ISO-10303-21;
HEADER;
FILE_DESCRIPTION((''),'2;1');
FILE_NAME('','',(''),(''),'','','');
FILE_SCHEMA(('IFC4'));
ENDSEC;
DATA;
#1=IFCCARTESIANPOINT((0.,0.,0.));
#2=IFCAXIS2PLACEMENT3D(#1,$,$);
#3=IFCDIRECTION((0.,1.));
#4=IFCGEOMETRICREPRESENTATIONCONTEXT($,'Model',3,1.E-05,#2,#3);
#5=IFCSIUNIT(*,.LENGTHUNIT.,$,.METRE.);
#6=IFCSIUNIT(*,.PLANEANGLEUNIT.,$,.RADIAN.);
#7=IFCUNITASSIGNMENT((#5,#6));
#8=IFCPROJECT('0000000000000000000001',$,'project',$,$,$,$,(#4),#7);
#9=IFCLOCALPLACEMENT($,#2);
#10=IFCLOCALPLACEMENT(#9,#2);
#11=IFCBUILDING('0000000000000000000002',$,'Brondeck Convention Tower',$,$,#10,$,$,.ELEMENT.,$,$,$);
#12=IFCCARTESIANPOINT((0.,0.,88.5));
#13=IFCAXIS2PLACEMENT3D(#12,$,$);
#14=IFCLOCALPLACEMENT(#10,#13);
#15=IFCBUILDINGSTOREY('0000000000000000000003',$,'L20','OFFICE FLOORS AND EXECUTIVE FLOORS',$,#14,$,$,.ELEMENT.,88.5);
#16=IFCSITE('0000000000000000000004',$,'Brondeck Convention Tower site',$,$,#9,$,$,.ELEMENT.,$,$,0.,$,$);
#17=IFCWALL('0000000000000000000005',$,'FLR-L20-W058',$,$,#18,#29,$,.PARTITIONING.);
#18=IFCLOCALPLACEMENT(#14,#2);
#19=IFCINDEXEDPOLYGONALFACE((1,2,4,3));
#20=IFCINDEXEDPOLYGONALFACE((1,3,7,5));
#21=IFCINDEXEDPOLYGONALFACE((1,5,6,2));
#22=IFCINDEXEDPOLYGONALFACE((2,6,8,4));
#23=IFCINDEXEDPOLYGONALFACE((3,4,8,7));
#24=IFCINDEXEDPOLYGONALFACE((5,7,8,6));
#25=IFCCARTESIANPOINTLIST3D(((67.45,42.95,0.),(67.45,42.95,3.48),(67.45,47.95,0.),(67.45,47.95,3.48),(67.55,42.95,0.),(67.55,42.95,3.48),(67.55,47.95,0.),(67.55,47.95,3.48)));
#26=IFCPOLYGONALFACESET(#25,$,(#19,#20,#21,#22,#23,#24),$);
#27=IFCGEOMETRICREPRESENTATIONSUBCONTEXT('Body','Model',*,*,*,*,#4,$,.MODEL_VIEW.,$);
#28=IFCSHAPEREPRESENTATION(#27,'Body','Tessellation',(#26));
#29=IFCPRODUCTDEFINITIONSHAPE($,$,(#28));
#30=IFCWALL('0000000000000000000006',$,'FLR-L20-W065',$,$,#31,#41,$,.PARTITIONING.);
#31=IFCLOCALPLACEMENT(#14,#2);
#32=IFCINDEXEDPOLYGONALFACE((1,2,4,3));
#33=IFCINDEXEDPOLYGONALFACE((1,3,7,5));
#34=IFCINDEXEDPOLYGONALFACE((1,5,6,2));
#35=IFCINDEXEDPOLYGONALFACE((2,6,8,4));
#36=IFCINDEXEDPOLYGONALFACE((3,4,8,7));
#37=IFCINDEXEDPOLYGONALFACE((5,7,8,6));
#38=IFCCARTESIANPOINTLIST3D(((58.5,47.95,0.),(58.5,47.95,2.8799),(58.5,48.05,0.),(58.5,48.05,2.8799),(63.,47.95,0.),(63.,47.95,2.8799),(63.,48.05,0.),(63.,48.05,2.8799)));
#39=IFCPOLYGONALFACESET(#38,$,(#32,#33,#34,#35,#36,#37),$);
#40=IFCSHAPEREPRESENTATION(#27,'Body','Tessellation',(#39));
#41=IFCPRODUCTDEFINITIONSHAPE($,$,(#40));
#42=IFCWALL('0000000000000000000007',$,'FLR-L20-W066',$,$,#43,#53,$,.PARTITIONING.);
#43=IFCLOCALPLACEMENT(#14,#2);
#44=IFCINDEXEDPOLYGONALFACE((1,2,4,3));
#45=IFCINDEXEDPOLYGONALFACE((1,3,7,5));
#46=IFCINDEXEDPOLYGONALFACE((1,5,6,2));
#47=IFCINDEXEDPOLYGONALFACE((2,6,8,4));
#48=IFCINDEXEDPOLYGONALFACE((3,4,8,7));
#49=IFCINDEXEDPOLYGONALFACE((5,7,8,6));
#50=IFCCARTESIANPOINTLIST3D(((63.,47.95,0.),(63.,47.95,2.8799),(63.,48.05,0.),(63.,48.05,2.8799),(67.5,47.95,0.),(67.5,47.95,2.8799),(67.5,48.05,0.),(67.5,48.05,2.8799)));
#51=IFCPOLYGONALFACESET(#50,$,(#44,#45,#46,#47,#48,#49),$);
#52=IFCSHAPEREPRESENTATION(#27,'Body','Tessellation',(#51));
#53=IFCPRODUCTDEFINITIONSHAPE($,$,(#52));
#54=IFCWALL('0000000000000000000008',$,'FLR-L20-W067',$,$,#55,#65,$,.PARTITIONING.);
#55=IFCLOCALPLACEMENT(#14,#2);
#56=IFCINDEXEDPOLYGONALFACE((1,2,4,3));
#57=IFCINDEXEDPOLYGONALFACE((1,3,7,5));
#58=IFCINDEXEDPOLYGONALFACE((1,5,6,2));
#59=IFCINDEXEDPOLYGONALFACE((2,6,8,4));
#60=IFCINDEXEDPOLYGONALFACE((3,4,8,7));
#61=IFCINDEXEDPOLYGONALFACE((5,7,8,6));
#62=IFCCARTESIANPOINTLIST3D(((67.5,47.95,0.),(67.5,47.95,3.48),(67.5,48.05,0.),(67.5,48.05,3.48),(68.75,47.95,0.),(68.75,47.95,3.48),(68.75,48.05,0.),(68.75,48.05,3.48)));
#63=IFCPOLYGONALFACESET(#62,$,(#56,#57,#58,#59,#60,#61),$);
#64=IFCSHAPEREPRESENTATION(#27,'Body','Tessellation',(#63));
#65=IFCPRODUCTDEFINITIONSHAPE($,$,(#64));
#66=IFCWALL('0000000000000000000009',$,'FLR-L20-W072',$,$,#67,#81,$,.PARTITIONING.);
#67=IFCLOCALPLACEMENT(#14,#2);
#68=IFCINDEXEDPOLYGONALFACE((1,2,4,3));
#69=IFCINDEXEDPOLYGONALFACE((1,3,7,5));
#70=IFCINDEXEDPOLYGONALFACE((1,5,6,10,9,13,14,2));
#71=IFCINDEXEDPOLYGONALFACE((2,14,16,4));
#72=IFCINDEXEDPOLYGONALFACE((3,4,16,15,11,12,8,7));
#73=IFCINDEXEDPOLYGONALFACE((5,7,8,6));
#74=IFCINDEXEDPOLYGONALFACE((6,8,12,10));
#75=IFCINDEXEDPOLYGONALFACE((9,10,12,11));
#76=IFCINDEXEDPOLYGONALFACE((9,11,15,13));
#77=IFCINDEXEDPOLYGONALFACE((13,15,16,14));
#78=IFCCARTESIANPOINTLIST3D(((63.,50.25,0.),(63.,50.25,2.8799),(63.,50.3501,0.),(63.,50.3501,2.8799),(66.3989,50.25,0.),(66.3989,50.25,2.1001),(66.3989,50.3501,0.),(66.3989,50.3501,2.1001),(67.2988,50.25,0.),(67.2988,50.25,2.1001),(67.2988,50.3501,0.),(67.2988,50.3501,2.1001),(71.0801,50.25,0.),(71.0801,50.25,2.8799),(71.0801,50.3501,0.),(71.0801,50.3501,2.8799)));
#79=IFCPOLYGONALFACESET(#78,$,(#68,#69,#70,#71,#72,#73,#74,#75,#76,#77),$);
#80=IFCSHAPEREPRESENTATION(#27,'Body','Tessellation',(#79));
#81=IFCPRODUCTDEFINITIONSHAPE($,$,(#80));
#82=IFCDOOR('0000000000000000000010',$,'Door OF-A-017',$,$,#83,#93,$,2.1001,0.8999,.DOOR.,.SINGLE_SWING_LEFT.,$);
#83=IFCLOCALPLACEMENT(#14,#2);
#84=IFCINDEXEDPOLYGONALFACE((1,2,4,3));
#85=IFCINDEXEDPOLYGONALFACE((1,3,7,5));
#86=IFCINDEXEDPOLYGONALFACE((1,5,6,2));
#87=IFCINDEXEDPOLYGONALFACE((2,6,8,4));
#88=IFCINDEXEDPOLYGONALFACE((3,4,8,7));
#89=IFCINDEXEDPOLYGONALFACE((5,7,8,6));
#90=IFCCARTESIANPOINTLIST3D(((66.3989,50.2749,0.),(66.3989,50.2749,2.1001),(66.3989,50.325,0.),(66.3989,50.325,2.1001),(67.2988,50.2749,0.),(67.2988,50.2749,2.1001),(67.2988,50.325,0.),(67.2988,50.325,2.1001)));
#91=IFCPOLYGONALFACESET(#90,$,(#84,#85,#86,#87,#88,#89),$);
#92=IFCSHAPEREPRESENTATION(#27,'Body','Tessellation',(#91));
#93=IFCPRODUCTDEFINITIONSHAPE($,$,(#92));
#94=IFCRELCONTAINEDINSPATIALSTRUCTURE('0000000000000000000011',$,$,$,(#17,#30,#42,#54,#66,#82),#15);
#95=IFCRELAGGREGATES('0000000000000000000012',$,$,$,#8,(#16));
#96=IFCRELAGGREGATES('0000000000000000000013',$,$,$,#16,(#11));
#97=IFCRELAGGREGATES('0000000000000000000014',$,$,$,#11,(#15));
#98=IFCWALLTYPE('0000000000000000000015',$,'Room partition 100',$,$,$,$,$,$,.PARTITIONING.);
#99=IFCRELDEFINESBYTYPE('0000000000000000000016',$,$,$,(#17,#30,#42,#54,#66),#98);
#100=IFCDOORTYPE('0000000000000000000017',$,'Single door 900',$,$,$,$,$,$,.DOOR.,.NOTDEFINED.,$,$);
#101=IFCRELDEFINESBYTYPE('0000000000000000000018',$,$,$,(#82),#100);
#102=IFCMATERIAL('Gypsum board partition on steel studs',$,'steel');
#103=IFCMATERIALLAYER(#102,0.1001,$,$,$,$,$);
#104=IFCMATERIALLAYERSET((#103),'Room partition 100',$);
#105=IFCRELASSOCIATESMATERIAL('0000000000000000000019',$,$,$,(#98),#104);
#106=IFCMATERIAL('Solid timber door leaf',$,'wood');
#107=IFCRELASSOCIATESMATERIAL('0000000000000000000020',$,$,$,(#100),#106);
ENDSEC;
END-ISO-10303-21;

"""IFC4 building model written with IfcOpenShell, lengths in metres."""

from ifc_helpers import new_model, si_unit, direction, frame, frame_2d, origin, place, context, subcontext, project, spatial, rectangle, extrude, material, layer, layer_set, type_object, element, fill, save


model = new_model("IFC4")

# Units and contexts
model_context = context("Model", 3, precision=1e-05, world=origin(), true_north=direction((0.0, 1.0)))
body_context = subcontext(model_context, "Body", "Model", "MODEL_VIEW")
ifc_project = project(units=[si_unit("LENGTHUNIT", "METRE"), si_unit("PLANEANGLEUNIT", "RADIAN")], contexts=[model_context])

# Site, building, storey
site_placement = place(None, origin())
site = spatial("IfcSite", under=ifc_project, at=site_placement, Name="Brondeck Convention Tower site", CompositionType="ELEMENT", RefElevation=0.0)
building_placement = place(site_placement, origin())
building = spatial("IfcBuilding", under=site, at=building_placement, Name="Brondeck Convention Tower", CompositionType="ELEMENT")
storey_placement = place(building_placement, frame((0.0, 0.0, 88.5)))
storey = spatial("IfcBuildingStorey", under=building, at=storey_placement, Name="L20", Description="OFFICE FLOORS AND EXECUTIVE FLOORS", CompositionType="ELEMENT", Elevation=88.5)

# Walls
ifc_material_1 = material(Name="Gypsum board partition on steel studs", Category="steel")
ifc_layer = layer(ifc_material_1, 0.1001)
ifc_layer_set = layer_set([ifc_layer], Name="Room partition 100")
wall_type = type_object("IfcWallType", Name="Room partition 100", PredefinedType="PARTITIONING", material=ifc_layer_set)
wall_1_placement = place(storey_placement, frame((67.5, 47.95, 0.0), z_axis=(0.0, 0.0, 1.0), x_axis=(0.0, -1.0, 0.0)))
element("IfcWall", 1, at=wall_1_placement, inside=storey, type_object=wall_type, Name="FLR-L20-W058", PredefinedType="PARTITIONING", context=body_context, shape_type="SweptSolid", body=[
    extrude(rectangle(XDim=5.0, YDim=0.1001, at=frame_2d((2.5, 0.0))), origin(), (0.0, 0.0, 1.0), 3.48),
])
for number, where, z_axis, x_axis, name in (
    (2, (63.0, 48.0, 0.0), (0.0, 0.0, 1.0), (-1.0, 0.0, 0.0), "FLR-L20-W065"),
    (3, (67.5, 48.0, 0.0), (0.0, 0.0, 1.0), (-1.0, 0.0, 0.0), "FLR-L20-W066"),
):
    element("IfcWall", number, at=place(storey_placement, frame(where, z_axis=z_axis, x_axis=x_axis)), inside=storey, type_object=wall_type, Name=name, PredefinedType="PARTITIONING", context=body_context, shape_type="SweptSolid", body=[
        extrude(rectangle(XDim=4.5, YDim=0.1001, at=frame_2d((2.25, 0.0))), origin(), (0.0, 0.0, 1.0), 2.8799),
    ])
wall_2_placement = place(storey_placement, frame((68.75, 48.0, 0.0), z_axis=(0.0, 0.0, 1.0), x_axis=(-1.0, 0.0, 0.0)))
element("IfcWall", 4, at=wall_2_placement, inside=storey, type_object=wall_type, Name="FLR-L20-W067", PredefinedType="PARTITIONING", context=body_context, shape_type="SweptSolid", body=[
    extrude(rectangle(XDim=1.25, YDim=0.1001, at=frame_2d((0.625, 0.0))), origin(), (0.0, 0.0, 1.0), 3.48),
])

# Wall, opening, door
wall_3_placement = place(storey_placement, frame((63.0, 50.3, 0.0), z_axis=(0.0, 0.0, 1.0), x_axis=(1.0, 0.0, 0.0)))
wall_3 = element("IfcWall", 5, at=wall_3_placement, inside=storey, type_object=wall_type, Name="FLR-L20-W072", PredefinedType="PARTITIONING", context=body_context, shape_type="SweptSolid", body=[
    extrude(rectangle(XDim=8.0801, YDim=0.1001, at=frame_2d((4.04, 0.0))), origin(), (0.0, 0.0, 1.0), 2.8799),
])
opening_placement = place(wall_3_placement, frame((3.3989, 0.0, 0.0)))
opening = element("IfcOpeningElement", 6, at=opening_placement, cuts=wall_3, PredefinedType="OPENING", context=body_context, shape_type="SweptSolid", body=[
    extrude(rectangle(XDim=0.8999, YDim=2.1001, at=frame_2d((0.45, 1.05))), frame((0.0, 0.0601, 0.0), z_axis=(0.0, -1.0, 0.0), x_axis=(1.0, 0.0, 0.0)), (0.0, 0.0, 1.0), 0.1201),
])
ifc_material_2 = material(Name="Solid timber door leaf", Category="wood")
door_type = type_object("IfcDoorType", Name="Single door 900", OperationType="NOTDEFINED", PredefinedType="DOOR", material=ifc_material_2)
door_placement = place(opening_placement, origin())
door = element("IfcDoor", 7, at=door_placement, inside=storey, type_object=door_type, Name="Door OF-A-017", OperationType="SINGLE_SWING_LEFT", OverallHeight=2.1001, OverallWidth=0.8999, PredefinedType="DOOR", context=body_context, shape_type="SweptSolid", body=[
    extrude(rectangle(XDim=0.8999, YDim=2.1001, at=frame_2d((0.45, 1.05))), frame((0.0, 0.0249, 0.0), z_axis=(0.0, -1.0, 0.0), x_axis=(1.0, 0.0, 0.0)), (0.0, 0.0, 1.0), 0.05),
])
fill(opening, door)

save(model, "model.ifc")
